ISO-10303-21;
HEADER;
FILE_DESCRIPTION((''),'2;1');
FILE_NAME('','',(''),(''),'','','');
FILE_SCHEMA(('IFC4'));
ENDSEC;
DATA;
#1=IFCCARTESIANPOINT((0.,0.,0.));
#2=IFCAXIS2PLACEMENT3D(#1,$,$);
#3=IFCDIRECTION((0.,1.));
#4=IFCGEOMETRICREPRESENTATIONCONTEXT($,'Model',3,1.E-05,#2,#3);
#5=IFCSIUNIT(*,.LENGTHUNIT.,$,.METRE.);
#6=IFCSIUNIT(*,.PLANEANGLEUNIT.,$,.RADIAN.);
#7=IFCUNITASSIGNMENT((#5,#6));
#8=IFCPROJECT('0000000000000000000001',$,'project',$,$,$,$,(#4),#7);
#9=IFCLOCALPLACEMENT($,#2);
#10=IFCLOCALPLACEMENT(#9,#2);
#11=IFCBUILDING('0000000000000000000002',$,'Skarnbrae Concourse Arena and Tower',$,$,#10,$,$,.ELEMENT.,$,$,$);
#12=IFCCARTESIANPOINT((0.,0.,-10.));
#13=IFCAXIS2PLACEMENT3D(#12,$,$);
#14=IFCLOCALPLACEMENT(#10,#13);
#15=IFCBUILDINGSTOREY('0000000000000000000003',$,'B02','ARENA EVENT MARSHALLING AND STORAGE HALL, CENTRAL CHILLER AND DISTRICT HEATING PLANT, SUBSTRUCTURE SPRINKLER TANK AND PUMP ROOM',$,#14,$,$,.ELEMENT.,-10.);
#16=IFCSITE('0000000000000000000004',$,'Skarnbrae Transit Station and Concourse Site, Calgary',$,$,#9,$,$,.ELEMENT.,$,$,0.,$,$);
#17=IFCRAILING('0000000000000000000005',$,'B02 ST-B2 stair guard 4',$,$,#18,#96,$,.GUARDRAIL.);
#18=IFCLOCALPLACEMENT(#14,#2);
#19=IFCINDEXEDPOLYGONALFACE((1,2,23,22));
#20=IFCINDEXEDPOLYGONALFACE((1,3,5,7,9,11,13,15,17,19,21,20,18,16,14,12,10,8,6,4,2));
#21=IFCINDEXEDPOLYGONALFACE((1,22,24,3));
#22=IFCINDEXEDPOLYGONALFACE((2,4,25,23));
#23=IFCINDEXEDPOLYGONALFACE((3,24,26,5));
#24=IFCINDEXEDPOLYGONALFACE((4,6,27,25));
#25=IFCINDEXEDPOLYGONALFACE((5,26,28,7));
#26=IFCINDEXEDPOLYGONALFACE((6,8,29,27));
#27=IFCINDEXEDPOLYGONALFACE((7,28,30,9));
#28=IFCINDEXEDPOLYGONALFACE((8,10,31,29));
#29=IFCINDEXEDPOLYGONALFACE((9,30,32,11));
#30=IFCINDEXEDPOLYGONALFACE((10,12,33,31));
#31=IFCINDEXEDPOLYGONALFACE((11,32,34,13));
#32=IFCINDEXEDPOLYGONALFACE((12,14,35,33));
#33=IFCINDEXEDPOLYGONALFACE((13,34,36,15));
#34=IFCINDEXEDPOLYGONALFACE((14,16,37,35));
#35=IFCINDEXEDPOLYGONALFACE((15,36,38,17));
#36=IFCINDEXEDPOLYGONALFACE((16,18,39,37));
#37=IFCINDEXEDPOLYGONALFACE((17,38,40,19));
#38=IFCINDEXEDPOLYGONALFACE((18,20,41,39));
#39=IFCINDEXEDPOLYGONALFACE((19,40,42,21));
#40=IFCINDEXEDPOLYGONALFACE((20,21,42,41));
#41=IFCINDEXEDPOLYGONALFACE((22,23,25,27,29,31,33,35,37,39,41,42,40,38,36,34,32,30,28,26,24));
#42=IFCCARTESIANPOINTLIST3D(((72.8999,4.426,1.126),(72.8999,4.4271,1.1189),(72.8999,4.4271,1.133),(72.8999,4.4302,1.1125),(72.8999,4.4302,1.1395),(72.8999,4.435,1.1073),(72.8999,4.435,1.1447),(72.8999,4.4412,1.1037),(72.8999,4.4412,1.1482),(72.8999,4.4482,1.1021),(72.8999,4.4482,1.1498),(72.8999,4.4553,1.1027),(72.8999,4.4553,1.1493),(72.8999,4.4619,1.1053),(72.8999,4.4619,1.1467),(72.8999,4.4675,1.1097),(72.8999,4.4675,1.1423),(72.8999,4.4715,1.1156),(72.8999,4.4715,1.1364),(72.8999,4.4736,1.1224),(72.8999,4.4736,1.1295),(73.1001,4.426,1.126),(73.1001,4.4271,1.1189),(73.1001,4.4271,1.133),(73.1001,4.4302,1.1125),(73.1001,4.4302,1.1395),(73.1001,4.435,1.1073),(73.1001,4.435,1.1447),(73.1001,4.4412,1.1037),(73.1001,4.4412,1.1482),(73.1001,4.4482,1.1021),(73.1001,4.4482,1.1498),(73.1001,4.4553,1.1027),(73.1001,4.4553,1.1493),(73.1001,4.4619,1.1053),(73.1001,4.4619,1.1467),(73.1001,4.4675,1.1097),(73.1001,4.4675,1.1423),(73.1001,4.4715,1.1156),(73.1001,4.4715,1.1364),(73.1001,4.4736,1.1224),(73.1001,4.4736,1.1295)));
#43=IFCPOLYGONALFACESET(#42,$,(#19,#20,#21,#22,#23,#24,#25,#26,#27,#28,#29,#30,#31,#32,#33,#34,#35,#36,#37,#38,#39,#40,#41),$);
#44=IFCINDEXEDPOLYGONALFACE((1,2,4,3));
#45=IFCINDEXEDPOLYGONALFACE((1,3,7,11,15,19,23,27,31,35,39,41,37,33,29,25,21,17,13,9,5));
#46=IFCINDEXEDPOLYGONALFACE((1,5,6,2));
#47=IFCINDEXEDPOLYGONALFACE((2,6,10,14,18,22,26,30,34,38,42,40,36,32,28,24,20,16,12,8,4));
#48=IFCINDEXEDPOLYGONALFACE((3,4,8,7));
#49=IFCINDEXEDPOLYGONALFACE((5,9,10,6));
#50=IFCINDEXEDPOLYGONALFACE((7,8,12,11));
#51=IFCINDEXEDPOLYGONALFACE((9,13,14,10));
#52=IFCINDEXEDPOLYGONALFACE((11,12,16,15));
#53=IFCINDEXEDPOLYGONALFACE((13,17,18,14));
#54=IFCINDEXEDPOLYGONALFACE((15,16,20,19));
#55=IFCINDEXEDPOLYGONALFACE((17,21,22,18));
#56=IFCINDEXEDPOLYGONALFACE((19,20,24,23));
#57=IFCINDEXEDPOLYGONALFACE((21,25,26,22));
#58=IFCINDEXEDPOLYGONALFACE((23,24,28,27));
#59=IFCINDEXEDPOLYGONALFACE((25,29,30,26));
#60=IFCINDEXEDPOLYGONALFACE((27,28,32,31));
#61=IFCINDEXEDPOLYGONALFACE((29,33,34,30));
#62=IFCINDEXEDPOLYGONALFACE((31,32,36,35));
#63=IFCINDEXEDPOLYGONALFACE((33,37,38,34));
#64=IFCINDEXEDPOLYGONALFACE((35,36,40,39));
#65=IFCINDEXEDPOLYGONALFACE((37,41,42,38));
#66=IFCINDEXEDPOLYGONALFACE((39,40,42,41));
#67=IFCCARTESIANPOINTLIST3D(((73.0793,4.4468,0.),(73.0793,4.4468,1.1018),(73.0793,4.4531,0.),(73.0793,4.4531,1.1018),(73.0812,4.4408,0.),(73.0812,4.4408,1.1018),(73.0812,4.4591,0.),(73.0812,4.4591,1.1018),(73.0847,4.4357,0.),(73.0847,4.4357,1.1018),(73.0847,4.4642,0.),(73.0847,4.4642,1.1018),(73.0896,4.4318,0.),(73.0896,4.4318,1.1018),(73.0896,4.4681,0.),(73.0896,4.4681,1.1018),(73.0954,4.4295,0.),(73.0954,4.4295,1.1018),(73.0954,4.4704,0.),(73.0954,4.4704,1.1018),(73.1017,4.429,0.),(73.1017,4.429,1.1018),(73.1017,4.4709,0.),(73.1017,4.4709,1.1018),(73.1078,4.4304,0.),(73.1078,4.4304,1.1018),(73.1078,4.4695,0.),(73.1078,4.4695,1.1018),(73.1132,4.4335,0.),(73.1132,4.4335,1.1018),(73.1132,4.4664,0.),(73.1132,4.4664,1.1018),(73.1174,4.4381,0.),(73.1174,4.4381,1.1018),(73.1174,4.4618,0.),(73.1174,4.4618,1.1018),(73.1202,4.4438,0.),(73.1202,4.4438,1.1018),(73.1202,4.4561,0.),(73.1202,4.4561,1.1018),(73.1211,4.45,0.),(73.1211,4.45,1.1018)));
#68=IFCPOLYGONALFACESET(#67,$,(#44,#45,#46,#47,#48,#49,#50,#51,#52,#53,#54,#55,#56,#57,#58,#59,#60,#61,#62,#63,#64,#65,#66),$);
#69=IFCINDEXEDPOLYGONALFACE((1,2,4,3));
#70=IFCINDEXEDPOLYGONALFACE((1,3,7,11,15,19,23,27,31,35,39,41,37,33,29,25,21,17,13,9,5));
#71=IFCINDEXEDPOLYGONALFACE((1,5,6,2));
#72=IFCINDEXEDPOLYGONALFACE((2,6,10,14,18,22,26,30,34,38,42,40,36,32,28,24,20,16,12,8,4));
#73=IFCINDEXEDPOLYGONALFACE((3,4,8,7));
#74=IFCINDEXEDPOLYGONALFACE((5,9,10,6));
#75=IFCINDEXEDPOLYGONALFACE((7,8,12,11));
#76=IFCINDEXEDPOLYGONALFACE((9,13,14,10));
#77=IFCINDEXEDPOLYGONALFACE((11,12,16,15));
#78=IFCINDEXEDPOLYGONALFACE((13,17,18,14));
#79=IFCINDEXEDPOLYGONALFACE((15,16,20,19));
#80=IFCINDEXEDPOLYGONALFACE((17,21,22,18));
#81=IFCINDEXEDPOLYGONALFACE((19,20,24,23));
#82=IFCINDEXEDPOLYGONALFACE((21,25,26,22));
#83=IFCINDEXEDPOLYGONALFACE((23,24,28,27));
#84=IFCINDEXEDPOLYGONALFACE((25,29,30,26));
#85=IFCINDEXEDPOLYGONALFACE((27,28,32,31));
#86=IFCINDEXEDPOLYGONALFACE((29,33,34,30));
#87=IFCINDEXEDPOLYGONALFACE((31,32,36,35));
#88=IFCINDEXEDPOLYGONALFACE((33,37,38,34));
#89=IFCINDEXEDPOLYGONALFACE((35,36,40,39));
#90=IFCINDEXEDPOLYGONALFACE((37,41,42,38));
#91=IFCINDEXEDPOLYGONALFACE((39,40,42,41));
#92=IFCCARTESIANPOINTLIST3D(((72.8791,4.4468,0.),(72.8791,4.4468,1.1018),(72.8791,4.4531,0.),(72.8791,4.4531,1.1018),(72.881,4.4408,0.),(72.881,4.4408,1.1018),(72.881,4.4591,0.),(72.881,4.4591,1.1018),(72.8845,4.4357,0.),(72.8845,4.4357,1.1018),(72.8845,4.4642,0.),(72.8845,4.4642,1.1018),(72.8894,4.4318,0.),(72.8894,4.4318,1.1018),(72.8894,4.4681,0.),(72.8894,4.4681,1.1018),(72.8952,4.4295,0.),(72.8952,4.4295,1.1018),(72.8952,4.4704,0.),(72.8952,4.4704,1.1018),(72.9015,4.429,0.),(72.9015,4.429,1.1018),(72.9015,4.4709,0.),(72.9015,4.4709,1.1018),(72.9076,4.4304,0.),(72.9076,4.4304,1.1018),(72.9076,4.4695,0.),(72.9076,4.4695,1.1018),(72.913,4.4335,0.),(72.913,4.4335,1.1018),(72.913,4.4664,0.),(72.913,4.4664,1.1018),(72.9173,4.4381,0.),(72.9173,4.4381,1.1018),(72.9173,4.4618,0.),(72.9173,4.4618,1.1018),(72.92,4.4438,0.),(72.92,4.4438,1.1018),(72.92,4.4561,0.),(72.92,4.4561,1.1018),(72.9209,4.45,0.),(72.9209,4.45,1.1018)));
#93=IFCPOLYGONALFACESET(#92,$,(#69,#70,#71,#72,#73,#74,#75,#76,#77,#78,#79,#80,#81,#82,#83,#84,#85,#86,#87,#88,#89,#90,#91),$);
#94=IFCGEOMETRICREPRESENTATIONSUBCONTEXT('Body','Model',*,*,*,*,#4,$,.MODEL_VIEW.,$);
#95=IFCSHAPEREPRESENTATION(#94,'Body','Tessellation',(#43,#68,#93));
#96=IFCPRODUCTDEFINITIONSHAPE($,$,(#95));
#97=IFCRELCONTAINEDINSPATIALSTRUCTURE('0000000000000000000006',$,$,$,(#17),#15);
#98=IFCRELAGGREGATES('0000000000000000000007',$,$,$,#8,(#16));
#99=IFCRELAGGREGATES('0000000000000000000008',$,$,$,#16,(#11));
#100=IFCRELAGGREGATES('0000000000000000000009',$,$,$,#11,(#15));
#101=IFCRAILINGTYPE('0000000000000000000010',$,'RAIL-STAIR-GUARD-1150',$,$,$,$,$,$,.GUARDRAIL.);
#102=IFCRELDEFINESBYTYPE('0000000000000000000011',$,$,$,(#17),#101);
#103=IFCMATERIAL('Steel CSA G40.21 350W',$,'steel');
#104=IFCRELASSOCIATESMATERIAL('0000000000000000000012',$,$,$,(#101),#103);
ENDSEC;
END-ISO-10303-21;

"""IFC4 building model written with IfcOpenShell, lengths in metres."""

from ifc_helpers import new_model, si_unit, direction, frame, origin, origin_2d, place, context, subcontext, project, spatial, circle, extrude, material, type_object, element, save


model = new_model("IFC4")

# Units and contexts
model_context = context("Model", 3, precision=1e-05, world=origin(), true_north=direction((0.0, 1.0)))
body_context = subcontext(model_context, "Body", "Model", "MODEL_VIEW")
ifc_project = project(units=[si_unit("LENGTHUNIT", "METRE"), si_unit("PLANEANGLEUNIT", "RADIAN")], contexts=[model_context])

# Site, building, storey
site_placement = place(None, origin())
site = spatial("IfcSite", under=ifc_project, at=site_placement, Name="Skarnbrae Transit Station and Concourse Site, Calgary", CompositionType="ELEMENT", RefElevation=0.0)
building_placement = place(site_placement, origin())
building = spatial("IfcBuilding", under=site, at=building_placement, Name="Skarnbrae Concourse Arena and Tower", CompositionType="ELEMENT")
storey_placement = place(building_placement, frame((0.0, 0.0, -10.0)))
storey = spatial("IfcBuildingStorey", under=building, at=storey_placement, Name="B02", Description="ARENA EVENT MARSHALLING AND STORAGE HALL, CENTRAL CHILLER AND DISTRICT HEATING PLANT, SUBSTRUCTURE SPRINKLER TANK AND PUMP ROOM", CompositionType="ELEMENT", Elevation=-10.0)

# Shared definitions
ifc_material_1 = material(Name="Steel CSA G40.21 350W", Category="steel")

# Railing
railing_type_1 = type_object("IfcRailingType", Name="RAIL-STAIR-GUARD-1150", PredefinedType="GUARDRAIL", material=ifc_material_1)
railing_1_placement = place(storey_placement, frame((73.1001, 4.45, 0.0)))
element("IfcRailing", 1, at=railing_1_placement, inside=storey, type_object=railing_type_1, Name="B02 ST-B2 stair guard 4", PredefinedType="GUARDRAIL", context=body_context, shape_type="SweptSolid", body=[
    extrude(circle(Radius=0.0239, at=origin_2d()), frame((0.0, 0.0, 1.126), z_axis=(-1.0, 0.0, 0.0), x_axis=(0.0, -1.0, 0.0)), (0.0, 0.0, 1.0), 0.2002),
    extrude(circle(Radius=0.021, at=origin_2d()), origin(), (0.0, 0.0, 1.0), 1.1018),
    extrude(circle(Radius=0.021, at=origin_2d()), frame((-0.2002, 0.0, 0.0)), (0.0, 0.0, 1.0), 1.1018),
])

save(model, "model.ifc")
